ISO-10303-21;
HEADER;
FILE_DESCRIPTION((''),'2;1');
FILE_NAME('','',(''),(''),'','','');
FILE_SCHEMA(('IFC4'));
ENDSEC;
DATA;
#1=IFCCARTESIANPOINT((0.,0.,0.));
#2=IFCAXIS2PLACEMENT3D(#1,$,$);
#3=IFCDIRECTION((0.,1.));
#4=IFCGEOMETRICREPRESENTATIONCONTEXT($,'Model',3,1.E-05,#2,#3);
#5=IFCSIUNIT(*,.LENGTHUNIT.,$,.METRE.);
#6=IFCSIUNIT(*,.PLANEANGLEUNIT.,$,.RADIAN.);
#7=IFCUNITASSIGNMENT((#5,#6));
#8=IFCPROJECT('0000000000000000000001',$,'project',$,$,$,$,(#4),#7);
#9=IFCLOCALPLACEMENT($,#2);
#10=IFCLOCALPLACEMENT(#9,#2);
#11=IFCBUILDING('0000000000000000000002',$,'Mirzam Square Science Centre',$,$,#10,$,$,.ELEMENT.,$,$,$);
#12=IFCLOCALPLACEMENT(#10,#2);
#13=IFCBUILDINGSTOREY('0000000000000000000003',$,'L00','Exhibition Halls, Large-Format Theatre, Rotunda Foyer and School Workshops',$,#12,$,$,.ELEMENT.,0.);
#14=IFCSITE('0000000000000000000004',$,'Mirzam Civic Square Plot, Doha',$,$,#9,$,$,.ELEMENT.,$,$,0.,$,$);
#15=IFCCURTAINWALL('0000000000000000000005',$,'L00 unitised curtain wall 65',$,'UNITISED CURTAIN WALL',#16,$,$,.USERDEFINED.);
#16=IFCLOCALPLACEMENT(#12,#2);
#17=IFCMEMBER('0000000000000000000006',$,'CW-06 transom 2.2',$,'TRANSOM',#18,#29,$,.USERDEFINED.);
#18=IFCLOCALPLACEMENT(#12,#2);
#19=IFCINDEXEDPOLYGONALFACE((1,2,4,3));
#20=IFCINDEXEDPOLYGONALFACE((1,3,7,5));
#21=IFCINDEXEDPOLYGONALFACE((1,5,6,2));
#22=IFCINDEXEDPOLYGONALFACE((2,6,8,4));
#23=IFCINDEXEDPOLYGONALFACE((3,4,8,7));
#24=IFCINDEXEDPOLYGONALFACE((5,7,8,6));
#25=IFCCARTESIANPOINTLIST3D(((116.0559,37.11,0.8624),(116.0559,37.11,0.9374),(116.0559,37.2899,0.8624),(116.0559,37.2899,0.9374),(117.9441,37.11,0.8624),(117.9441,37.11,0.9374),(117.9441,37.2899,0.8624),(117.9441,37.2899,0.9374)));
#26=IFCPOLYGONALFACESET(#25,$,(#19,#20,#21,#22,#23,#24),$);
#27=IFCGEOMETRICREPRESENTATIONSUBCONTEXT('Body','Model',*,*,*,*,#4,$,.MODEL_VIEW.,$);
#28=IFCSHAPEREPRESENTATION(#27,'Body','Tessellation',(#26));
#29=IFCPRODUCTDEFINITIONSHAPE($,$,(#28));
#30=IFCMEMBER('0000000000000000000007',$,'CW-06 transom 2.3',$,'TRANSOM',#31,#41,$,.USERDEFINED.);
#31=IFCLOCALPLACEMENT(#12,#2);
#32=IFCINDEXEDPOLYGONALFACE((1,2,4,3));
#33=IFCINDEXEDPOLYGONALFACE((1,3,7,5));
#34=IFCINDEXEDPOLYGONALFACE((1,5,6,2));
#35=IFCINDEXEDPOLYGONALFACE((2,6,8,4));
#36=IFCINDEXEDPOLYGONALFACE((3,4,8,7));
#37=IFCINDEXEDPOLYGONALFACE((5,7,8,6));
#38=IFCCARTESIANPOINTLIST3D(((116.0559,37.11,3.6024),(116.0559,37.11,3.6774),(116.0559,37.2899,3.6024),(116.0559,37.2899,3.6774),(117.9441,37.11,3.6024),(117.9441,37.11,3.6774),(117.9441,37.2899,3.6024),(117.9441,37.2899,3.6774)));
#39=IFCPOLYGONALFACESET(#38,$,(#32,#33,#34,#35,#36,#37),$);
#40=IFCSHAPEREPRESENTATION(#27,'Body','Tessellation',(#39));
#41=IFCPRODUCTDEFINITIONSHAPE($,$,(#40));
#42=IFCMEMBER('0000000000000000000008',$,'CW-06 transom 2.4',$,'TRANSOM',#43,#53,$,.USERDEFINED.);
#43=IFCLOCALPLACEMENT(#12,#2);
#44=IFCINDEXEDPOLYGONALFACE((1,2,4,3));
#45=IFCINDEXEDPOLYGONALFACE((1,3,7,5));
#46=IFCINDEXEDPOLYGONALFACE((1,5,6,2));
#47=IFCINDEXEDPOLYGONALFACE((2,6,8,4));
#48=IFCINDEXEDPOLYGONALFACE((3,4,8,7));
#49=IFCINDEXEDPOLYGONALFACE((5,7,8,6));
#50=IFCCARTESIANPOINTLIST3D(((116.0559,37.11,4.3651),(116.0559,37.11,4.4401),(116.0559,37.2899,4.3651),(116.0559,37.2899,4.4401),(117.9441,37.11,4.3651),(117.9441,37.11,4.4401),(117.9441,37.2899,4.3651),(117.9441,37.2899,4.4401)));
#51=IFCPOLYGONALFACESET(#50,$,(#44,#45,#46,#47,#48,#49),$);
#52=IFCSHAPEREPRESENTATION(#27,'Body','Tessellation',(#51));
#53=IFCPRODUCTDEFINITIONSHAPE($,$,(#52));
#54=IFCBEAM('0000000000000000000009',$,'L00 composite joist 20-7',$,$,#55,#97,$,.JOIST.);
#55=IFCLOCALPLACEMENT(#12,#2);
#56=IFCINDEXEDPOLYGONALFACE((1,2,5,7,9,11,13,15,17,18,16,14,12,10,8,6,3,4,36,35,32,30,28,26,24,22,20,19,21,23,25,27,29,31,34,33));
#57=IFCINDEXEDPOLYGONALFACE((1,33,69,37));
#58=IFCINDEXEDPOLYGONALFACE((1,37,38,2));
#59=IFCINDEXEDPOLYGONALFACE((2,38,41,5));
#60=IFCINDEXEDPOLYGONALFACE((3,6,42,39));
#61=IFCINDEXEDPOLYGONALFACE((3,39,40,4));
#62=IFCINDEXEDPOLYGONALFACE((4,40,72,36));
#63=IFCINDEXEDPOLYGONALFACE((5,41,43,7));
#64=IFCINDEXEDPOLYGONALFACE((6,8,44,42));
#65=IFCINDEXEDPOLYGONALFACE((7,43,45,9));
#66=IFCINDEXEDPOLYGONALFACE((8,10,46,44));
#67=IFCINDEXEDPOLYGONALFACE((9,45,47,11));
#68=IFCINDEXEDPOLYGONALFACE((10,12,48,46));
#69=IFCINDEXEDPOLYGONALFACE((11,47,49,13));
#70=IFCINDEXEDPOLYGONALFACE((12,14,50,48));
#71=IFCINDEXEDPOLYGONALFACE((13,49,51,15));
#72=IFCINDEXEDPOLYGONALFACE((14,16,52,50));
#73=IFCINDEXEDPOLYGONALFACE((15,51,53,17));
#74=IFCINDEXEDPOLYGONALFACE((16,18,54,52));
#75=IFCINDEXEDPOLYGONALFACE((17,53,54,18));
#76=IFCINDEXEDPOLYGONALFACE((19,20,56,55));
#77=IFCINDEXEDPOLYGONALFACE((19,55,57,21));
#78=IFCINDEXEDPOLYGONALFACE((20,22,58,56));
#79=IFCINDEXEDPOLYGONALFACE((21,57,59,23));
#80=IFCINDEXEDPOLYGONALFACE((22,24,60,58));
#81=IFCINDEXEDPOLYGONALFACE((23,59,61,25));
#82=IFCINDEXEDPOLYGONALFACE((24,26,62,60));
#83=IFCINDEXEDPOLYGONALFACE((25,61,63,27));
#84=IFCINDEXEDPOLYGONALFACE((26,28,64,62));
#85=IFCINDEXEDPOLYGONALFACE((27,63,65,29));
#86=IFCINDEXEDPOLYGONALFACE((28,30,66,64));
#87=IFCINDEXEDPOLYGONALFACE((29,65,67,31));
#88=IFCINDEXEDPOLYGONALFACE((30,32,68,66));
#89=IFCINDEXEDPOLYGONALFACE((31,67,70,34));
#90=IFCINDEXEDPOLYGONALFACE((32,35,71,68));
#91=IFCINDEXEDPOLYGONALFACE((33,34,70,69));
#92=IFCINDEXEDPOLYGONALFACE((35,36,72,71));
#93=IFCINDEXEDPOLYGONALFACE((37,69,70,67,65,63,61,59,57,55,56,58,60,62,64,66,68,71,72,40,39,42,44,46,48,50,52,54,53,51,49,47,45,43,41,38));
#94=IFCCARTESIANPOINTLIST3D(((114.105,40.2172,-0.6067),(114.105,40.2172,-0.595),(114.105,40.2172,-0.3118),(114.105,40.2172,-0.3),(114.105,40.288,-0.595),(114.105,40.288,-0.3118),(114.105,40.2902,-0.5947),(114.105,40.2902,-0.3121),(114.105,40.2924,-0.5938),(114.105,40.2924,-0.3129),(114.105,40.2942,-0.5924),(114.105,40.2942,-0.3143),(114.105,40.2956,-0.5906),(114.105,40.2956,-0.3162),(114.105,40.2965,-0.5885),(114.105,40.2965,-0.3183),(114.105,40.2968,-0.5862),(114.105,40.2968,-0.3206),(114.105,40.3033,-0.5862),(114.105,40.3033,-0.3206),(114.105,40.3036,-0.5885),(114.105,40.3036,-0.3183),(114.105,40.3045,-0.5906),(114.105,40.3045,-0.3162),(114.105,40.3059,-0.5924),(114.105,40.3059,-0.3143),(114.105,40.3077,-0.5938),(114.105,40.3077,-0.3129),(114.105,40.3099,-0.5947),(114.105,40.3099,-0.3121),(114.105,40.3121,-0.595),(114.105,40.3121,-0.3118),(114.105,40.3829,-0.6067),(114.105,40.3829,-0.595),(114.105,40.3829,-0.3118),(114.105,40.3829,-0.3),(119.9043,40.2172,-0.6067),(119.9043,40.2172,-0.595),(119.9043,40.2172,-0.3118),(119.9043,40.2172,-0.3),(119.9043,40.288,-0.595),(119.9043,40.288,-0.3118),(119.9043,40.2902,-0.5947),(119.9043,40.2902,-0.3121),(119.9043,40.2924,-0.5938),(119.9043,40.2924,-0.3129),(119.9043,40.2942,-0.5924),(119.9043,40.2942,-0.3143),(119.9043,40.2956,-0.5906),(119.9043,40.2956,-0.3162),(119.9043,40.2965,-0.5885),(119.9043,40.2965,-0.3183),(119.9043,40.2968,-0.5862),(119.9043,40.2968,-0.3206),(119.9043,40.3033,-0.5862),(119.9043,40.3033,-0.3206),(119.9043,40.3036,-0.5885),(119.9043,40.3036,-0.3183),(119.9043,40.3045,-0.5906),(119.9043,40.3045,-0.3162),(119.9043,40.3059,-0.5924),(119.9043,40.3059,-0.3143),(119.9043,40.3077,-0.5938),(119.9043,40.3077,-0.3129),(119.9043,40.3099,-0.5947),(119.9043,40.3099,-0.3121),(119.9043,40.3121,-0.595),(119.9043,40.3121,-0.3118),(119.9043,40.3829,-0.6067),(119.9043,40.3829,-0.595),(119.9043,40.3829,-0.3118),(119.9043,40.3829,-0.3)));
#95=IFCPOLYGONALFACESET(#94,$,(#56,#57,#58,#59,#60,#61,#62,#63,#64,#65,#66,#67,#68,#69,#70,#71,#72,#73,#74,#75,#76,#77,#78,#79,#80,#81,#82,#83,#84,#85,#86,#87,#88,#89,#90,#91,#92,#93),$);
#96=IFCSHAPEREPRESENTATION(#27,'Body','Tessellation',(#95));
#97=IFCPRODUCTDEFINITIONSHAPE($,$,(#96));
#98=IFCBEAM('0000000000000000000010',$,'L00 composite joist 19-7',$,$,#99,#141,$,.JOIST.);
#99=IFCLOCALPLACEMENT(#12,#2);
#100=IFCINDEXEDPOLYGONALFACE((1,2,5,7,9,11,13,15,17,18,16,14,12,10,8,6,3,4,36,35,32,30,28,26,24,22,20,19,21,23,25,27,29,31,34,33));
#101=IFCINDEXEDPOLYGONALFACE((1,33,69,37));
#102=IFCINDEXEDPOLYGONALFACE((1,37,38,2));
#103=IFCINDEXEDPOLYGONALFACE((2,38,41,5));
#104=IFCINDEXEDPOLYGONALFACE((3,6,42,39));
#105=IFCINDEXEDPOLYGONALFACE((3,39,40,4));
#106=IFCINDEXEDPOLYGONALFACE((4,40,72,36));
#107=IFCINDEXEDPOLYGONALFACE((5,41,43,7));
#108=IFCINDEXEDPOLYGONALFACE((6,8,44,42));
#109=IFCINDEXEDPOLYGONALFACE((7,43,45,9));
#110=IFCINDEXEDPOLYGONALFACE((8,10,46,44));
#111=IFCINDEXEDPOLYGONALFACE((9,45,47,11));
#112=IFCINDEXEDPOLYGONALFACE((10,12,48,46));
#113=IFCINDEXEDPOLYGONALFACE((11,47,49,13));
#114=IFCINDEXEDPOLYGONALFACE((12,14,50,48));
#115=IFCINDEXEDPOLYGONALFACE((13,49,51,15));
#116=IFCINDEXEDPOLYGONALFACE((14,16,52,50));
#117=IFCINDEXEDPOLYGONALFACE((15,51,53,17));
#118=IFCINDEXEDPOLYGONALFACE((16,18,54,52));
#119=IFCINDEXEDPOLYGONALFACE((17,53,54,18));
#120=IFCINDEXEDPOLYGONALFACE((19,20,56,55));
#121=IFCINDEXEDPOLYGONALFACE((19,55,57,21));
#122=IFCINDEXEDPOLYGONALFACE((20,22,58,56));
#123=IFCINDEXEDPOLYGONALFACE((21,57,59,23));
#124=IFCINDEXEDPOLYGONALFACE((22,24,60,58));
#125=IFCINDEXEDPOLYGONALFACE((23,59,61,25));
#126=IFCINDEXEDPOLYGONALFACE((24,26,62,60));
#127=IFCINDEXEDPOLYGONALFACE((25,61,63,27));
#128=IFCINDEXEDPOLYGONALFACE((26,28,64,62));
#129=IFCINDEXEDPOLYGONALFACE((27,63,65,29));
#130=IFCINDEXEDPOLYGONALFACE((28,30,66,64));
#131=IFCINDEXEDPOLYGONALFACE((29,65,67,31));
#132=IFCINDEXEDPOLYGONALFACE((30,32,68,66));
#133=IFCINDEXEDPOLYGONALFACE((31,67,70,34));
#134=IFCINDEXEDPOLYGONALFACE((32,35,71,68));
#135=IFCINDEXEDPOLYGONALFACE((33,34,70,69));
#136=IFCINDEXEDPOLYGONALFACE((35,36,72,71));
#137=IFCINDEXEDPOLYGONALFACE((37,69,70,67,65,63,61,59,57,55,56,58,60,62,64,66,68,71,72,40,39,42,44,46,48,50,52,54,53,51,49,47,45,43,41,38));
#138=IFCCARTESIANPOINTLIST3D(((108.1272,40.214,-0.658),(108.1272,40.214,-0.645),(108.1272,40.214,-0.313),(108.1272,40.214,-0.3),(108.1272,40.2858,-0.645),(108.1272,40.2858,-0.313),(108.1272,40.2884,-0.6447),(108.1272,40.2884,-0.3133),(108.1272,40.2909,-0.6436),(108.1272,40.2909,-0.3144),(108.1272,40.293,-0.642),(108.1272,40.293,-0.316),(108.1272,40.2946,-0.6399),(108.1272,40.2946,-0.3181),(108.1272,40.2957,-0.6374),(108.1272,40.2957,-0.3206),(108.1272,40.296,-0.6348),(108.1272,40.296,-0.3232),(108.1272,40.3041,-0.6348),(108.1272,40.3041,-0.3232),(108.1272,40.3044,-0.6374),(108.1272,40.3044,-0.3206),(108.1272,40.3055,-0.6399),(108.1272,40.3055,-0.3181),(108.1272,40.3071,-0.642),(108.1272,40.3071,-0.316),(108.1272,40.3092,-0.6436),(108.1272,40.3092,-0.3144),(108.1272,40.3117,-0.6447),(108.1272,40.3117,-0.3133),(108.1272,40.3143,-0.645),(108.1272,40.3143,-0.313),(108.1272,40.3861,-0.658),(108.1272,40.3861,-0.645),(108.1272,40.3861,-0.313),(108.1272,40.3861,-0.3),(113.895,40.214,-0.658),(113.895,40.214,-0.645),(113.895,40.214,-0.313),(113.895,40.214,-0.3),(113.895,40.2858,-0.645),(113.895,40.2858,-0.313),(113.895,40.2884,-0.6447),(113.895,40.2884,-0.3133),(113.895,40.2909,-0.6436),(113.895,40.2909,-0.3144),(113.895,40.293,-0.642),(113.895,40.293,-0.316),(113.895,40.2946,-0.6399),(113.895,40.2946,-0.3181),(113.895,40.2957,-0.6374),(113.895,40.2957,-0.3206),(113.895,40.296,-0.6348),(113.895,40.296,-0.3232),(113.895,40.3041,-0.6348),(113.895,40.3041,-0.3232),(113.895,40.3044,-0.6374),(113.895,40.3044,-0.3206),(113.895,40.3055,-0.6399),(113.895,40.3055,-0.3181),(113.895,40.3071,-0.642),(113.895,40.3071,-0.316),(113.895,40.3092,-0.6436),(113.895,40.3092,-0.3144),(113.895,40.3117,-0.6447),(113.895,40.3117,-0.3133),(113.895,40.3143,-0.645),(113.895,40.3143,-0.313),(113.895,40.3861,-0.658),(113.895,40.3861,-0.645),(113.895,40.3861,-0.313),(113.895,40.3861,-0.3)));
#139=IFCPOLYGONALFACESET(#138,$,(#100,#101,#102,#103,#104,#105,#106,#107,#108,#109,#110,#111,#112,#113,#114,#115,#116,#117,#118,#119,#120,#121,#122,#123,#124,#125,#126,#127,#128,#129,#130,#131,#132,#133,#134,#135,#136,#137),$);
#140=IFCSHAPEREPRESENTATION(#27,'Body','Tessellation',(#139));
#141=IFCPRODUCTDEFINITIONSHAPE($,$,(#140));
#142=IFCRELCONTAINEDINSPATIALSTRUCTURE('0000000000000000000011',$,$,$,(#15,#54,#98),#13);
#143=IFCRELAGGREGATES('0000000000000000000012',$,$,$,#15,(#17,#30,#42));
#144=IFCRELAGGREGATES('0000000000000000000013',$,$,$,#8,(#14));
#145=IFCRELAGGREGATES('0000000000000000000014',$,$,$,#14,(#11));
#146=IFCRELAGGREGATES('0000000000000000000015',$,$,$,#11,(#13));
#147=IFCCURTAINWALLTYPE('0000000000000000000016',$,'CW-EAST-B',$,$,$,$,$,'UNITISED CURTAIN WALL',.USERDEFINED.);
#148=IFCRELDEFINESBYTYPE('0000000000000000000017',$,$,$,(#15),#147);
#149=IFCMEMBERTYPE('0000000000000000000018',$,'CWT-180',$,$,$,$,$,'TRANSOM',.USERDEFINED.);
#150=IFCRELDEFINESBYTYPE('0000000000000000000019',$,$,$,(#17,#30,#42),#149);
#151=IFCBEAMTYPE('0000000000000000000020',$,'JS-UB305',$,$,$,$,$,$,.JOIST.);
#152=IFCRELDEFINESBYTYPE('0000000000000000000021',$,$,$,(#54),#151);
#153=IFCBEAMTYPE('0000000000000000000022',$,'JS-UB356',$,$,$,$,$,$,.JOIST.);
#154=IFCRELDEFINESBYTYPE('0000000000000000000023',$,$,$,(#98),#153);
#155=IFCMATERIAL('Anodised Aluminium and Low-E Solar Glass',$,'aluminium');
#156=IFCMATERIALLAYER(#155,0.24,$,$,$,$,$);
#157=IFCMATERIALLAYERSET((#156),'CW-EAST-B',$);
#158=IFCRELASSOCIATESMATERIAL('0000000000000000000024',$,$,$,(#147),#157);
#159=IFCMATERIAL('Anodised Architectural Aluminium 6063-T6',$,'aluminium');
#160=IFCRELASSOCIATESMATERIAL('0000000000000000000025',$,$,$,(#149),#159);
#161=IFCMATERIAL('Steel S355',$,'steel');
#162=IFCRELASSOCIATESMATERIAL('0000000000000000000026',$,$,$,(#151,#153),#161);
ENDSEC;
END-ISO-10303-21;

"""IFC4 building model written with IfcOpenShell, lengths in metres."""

from ifc_helpers import new_model, si_unit, direction, frame, origin, origin_2d, place, context, subcontext, project, spatial, rectangle, i_section, extrude, material, layer, layer_set, material_profile, profile_set, type_object, element, aggregate, save


model = new_model("IFC4")

# Units and contexts
model_context = context("Model", 3, precision=1e-05, world=origin(), true_north=direction((0.0, 1.0)))
body_context = subcontext(model_context, "Body", "Model", "MODEL_VIEW")
ifc_project = project(units=[si_unit("LENGTHUNIT", "METRE"), si_unit("PLANEANGLEUNIT", "RADIAN")], contexts=[model_context])

# Site, building, storey
site_placement = place(None, origin())
site = spatial("IfcSite", under=ifc_project, at=site_placement, Name="Mirzam Civic Square Plot, Doha", CompositionType="ELEMENT", RefElevation=0.0)
building_placement = place(site_placement, origin())
building = spatial("IfcBuilding", under=site, at=building_placement, Name="Mirzam Square Science Centre", CompositionType="ELEMENT")
storey_placement = place(building_placement, origin())
storey = spatial("IfcBuildingStorey", under=building, at=storey_placement, Name="L00", Description="Exhibition Halls, Large-Format Theatre, Rotunda Foyer and School Workshops", CompositionType="ELEMENT", Elevation=0.0)

# Shared definitions
ifc_material_1 = material(Name="Steel S355", Category="steel")

# Curtain wall, members
ifc_material_2 = material(Name="Anodised Aluminium and Low-E Solar Glass", Category="aluminium")
ifc_layer_1 = layer(ifc_material_2, 0.24)
ifc_layer_set_1 = layer_set([ifc_layer_1], Name="CW-EAST-B")
curtain_wall_type = type_object("IfcCurtainWallType", Name="CW-EAST-B", ElementType="UNITISED CURTAIN WALL", PredefinedType="USERDEFINED", material=ifc_layer_set_1)
curtain_wall_placement = place(storey_placement, origin())
curtain_wall = element("IfcCurtainWall", 1, at=curtain_wall_placement, inside=storey, type_object=curtain_wall_type, Name="L00 unitised curtain wall 65", ObjectType="UNITISED CURTAIN WALL", PredefinedType="USERDEFINED")
ifc_material_3 = material(Name="Anodised Architectural Aluminium 6063-T6", Category="aluminium")
ifc_material_profile_1 = material_profile(ifc_material_3, rectangle(XDim=0.1799, YDim=0.075, at=origin_2d()), Name="ALU-TRAN-180x75x5")
ifc_profile_set_1 = profile_set([ifc_material_profile_1], Name="Anodised Architectural Aluminium 6063-T6")
member_type_1 = type_object("IfcMemberType", Name="CWT-180", ElementType="TRANSOM", PredefinedType="USERDEFINED", material=ifc_profile_set_1)
member_1_placement = place(storey_placement, frame((116.0559, 37.2, 0.8999), z_axis=(1.0, 0.0, 0.0), x_axis=(0.0, 1.0, 0.0)))
member_1 = element("IfcMember", 2, at=member_1_placement, type_object=member_type_1, Name="CW-06 transom 2.2", ObjectType="TRANSOM", PredefinedType="USERDEFINED", context=body_context, shape_type="SweptSolid", body=[
    extrude(rectangle(XDim=0.1799, YDim=0.075, at=origin_2d()), origin(), (0.0, 0.0, 1.0), 1.8882),
])
member_2_placement = place(storey_placement, frame((116.0559, 37.2, 3.6399), z_axis=(1.0, 0.0, 0.0), x_axis=(0.0, 1.0, 0.0)))
member_2 = element("IfcMember", 3, at=member_2_placement, type_object=member_type_1, Name="CW-06 transom 2.3", ObjectType="TRANSOM", PredefinedType="USERDEFINED", context=body_context, shape_type="SweptSolid", body=[
    extrude(rectangle(XDim=0.1799, YDim=0.075, at=origin_2d()), origin(), (0.0, 0.0, 1.0), 1.8882),
])
member_3_placement = place(storey_placement, frame((116.0559, 37.2, 4.4026), z_axis=(1.0, 0.0, 0.0), x_axis=(0.0, 1.0, 0.0)))
member_3 = element("IfcMember", 4, at=member_3_placement, type_object=member_type_1, Name="CW-06 transom 2.4", ObjectType="TRANSOM", PredefinedType="USERDEFINED", context=body_context, shape_type="SweptSolid", body=[
    extrude(rectangle(XDim=0.1799, YDim=0.075, at=origin_2d()), origin(), (0.0, 0.0, 1.0), 1.8882),
])

# Beams
ifc_material_profile_2 = material_profile(ifc_material_1, i_section(OverallWidth=0.1658, OverallDepth=0.3066, WebThickness=0.0066, FlangeThickness=0.0117, FilletRadius=0.0088, at=origin_2d()), Name="305x165x46UB")
ifc_profile_set_2 = profile_set([ifc_material_profile_2], Name="Steel S355")
beam_type_1 = type_object("IfcBeamType", Name="JS-UB305", PredefinedType="JOIST", material=ifc_profile_set_2)
beam_1_placement = place(storey_placement, frame((114.105, 40.3, -0.4534), z_axis=(1.0, 0.0, 0.0), x_axis=(0.0, 1.0, 0.0)))
element("IfcBeam", 5, at=beam_1_placement, inside=storey, type_object=beam_type_1, Name="L00 composite joist 20-7", PredefinedType="JOIST", context=body_context, shape_type="SweptSolid", body=[
    extrude(i_section(OverallWidth=0.1658, OverallDepth=0.3066, WebThickness=0.0066, FlangeThickness=0.0117, FilletRadius=0.0088, at=origin_2d()), origin(), (0.0, 0.0, 1.0), 5.7993),
])
ifc_material_profile_3 = material_profile(ifc_material_1, i_section(OverallWidth=0.1721, OverallDepth=0.3579, WebThickness=0.0081, FlangeThickness=0.0129, FilletRadius=0.0103, at=origin_2d()), Name="356x171x57UB")
ifc_profile_set_3 = profile_set([ifc_material_profile_3], Name="Steel S355")
beam_type_2 = type_object("IfcBeamType", Name="JS-UB356", PredefinedType="JOIST", material=ifc_profile_set_3)
beam_2_placement = place(storey_placement, frame((108.1272, 40.3, -0.479), z_axis=(1.0, 0.0, 0.0), x_axis=(0.0, 1.0, 0.0)))
element("IfcBeam", 6, at=beam_2_placement, inside=storey, type_object=beam_type_2, Name="L00 composite joist 19-7", PredefinedType="JOIST", context=body_context, shape_type="SweptSolid", body=[
    extrude(i_section(OverallWidth=0.1721, OverallDepth=0.3579, WebThickness=0.0081, FlangeThickness=0.0129, FilletRadius=0.0103, at=origin_2d()), origin(), (0.0, 0.0, 1.0), 5.7678),
])

aggregate(curtain_wall, [member_1, member_2, member_3])

save(model, "model.ifc")
